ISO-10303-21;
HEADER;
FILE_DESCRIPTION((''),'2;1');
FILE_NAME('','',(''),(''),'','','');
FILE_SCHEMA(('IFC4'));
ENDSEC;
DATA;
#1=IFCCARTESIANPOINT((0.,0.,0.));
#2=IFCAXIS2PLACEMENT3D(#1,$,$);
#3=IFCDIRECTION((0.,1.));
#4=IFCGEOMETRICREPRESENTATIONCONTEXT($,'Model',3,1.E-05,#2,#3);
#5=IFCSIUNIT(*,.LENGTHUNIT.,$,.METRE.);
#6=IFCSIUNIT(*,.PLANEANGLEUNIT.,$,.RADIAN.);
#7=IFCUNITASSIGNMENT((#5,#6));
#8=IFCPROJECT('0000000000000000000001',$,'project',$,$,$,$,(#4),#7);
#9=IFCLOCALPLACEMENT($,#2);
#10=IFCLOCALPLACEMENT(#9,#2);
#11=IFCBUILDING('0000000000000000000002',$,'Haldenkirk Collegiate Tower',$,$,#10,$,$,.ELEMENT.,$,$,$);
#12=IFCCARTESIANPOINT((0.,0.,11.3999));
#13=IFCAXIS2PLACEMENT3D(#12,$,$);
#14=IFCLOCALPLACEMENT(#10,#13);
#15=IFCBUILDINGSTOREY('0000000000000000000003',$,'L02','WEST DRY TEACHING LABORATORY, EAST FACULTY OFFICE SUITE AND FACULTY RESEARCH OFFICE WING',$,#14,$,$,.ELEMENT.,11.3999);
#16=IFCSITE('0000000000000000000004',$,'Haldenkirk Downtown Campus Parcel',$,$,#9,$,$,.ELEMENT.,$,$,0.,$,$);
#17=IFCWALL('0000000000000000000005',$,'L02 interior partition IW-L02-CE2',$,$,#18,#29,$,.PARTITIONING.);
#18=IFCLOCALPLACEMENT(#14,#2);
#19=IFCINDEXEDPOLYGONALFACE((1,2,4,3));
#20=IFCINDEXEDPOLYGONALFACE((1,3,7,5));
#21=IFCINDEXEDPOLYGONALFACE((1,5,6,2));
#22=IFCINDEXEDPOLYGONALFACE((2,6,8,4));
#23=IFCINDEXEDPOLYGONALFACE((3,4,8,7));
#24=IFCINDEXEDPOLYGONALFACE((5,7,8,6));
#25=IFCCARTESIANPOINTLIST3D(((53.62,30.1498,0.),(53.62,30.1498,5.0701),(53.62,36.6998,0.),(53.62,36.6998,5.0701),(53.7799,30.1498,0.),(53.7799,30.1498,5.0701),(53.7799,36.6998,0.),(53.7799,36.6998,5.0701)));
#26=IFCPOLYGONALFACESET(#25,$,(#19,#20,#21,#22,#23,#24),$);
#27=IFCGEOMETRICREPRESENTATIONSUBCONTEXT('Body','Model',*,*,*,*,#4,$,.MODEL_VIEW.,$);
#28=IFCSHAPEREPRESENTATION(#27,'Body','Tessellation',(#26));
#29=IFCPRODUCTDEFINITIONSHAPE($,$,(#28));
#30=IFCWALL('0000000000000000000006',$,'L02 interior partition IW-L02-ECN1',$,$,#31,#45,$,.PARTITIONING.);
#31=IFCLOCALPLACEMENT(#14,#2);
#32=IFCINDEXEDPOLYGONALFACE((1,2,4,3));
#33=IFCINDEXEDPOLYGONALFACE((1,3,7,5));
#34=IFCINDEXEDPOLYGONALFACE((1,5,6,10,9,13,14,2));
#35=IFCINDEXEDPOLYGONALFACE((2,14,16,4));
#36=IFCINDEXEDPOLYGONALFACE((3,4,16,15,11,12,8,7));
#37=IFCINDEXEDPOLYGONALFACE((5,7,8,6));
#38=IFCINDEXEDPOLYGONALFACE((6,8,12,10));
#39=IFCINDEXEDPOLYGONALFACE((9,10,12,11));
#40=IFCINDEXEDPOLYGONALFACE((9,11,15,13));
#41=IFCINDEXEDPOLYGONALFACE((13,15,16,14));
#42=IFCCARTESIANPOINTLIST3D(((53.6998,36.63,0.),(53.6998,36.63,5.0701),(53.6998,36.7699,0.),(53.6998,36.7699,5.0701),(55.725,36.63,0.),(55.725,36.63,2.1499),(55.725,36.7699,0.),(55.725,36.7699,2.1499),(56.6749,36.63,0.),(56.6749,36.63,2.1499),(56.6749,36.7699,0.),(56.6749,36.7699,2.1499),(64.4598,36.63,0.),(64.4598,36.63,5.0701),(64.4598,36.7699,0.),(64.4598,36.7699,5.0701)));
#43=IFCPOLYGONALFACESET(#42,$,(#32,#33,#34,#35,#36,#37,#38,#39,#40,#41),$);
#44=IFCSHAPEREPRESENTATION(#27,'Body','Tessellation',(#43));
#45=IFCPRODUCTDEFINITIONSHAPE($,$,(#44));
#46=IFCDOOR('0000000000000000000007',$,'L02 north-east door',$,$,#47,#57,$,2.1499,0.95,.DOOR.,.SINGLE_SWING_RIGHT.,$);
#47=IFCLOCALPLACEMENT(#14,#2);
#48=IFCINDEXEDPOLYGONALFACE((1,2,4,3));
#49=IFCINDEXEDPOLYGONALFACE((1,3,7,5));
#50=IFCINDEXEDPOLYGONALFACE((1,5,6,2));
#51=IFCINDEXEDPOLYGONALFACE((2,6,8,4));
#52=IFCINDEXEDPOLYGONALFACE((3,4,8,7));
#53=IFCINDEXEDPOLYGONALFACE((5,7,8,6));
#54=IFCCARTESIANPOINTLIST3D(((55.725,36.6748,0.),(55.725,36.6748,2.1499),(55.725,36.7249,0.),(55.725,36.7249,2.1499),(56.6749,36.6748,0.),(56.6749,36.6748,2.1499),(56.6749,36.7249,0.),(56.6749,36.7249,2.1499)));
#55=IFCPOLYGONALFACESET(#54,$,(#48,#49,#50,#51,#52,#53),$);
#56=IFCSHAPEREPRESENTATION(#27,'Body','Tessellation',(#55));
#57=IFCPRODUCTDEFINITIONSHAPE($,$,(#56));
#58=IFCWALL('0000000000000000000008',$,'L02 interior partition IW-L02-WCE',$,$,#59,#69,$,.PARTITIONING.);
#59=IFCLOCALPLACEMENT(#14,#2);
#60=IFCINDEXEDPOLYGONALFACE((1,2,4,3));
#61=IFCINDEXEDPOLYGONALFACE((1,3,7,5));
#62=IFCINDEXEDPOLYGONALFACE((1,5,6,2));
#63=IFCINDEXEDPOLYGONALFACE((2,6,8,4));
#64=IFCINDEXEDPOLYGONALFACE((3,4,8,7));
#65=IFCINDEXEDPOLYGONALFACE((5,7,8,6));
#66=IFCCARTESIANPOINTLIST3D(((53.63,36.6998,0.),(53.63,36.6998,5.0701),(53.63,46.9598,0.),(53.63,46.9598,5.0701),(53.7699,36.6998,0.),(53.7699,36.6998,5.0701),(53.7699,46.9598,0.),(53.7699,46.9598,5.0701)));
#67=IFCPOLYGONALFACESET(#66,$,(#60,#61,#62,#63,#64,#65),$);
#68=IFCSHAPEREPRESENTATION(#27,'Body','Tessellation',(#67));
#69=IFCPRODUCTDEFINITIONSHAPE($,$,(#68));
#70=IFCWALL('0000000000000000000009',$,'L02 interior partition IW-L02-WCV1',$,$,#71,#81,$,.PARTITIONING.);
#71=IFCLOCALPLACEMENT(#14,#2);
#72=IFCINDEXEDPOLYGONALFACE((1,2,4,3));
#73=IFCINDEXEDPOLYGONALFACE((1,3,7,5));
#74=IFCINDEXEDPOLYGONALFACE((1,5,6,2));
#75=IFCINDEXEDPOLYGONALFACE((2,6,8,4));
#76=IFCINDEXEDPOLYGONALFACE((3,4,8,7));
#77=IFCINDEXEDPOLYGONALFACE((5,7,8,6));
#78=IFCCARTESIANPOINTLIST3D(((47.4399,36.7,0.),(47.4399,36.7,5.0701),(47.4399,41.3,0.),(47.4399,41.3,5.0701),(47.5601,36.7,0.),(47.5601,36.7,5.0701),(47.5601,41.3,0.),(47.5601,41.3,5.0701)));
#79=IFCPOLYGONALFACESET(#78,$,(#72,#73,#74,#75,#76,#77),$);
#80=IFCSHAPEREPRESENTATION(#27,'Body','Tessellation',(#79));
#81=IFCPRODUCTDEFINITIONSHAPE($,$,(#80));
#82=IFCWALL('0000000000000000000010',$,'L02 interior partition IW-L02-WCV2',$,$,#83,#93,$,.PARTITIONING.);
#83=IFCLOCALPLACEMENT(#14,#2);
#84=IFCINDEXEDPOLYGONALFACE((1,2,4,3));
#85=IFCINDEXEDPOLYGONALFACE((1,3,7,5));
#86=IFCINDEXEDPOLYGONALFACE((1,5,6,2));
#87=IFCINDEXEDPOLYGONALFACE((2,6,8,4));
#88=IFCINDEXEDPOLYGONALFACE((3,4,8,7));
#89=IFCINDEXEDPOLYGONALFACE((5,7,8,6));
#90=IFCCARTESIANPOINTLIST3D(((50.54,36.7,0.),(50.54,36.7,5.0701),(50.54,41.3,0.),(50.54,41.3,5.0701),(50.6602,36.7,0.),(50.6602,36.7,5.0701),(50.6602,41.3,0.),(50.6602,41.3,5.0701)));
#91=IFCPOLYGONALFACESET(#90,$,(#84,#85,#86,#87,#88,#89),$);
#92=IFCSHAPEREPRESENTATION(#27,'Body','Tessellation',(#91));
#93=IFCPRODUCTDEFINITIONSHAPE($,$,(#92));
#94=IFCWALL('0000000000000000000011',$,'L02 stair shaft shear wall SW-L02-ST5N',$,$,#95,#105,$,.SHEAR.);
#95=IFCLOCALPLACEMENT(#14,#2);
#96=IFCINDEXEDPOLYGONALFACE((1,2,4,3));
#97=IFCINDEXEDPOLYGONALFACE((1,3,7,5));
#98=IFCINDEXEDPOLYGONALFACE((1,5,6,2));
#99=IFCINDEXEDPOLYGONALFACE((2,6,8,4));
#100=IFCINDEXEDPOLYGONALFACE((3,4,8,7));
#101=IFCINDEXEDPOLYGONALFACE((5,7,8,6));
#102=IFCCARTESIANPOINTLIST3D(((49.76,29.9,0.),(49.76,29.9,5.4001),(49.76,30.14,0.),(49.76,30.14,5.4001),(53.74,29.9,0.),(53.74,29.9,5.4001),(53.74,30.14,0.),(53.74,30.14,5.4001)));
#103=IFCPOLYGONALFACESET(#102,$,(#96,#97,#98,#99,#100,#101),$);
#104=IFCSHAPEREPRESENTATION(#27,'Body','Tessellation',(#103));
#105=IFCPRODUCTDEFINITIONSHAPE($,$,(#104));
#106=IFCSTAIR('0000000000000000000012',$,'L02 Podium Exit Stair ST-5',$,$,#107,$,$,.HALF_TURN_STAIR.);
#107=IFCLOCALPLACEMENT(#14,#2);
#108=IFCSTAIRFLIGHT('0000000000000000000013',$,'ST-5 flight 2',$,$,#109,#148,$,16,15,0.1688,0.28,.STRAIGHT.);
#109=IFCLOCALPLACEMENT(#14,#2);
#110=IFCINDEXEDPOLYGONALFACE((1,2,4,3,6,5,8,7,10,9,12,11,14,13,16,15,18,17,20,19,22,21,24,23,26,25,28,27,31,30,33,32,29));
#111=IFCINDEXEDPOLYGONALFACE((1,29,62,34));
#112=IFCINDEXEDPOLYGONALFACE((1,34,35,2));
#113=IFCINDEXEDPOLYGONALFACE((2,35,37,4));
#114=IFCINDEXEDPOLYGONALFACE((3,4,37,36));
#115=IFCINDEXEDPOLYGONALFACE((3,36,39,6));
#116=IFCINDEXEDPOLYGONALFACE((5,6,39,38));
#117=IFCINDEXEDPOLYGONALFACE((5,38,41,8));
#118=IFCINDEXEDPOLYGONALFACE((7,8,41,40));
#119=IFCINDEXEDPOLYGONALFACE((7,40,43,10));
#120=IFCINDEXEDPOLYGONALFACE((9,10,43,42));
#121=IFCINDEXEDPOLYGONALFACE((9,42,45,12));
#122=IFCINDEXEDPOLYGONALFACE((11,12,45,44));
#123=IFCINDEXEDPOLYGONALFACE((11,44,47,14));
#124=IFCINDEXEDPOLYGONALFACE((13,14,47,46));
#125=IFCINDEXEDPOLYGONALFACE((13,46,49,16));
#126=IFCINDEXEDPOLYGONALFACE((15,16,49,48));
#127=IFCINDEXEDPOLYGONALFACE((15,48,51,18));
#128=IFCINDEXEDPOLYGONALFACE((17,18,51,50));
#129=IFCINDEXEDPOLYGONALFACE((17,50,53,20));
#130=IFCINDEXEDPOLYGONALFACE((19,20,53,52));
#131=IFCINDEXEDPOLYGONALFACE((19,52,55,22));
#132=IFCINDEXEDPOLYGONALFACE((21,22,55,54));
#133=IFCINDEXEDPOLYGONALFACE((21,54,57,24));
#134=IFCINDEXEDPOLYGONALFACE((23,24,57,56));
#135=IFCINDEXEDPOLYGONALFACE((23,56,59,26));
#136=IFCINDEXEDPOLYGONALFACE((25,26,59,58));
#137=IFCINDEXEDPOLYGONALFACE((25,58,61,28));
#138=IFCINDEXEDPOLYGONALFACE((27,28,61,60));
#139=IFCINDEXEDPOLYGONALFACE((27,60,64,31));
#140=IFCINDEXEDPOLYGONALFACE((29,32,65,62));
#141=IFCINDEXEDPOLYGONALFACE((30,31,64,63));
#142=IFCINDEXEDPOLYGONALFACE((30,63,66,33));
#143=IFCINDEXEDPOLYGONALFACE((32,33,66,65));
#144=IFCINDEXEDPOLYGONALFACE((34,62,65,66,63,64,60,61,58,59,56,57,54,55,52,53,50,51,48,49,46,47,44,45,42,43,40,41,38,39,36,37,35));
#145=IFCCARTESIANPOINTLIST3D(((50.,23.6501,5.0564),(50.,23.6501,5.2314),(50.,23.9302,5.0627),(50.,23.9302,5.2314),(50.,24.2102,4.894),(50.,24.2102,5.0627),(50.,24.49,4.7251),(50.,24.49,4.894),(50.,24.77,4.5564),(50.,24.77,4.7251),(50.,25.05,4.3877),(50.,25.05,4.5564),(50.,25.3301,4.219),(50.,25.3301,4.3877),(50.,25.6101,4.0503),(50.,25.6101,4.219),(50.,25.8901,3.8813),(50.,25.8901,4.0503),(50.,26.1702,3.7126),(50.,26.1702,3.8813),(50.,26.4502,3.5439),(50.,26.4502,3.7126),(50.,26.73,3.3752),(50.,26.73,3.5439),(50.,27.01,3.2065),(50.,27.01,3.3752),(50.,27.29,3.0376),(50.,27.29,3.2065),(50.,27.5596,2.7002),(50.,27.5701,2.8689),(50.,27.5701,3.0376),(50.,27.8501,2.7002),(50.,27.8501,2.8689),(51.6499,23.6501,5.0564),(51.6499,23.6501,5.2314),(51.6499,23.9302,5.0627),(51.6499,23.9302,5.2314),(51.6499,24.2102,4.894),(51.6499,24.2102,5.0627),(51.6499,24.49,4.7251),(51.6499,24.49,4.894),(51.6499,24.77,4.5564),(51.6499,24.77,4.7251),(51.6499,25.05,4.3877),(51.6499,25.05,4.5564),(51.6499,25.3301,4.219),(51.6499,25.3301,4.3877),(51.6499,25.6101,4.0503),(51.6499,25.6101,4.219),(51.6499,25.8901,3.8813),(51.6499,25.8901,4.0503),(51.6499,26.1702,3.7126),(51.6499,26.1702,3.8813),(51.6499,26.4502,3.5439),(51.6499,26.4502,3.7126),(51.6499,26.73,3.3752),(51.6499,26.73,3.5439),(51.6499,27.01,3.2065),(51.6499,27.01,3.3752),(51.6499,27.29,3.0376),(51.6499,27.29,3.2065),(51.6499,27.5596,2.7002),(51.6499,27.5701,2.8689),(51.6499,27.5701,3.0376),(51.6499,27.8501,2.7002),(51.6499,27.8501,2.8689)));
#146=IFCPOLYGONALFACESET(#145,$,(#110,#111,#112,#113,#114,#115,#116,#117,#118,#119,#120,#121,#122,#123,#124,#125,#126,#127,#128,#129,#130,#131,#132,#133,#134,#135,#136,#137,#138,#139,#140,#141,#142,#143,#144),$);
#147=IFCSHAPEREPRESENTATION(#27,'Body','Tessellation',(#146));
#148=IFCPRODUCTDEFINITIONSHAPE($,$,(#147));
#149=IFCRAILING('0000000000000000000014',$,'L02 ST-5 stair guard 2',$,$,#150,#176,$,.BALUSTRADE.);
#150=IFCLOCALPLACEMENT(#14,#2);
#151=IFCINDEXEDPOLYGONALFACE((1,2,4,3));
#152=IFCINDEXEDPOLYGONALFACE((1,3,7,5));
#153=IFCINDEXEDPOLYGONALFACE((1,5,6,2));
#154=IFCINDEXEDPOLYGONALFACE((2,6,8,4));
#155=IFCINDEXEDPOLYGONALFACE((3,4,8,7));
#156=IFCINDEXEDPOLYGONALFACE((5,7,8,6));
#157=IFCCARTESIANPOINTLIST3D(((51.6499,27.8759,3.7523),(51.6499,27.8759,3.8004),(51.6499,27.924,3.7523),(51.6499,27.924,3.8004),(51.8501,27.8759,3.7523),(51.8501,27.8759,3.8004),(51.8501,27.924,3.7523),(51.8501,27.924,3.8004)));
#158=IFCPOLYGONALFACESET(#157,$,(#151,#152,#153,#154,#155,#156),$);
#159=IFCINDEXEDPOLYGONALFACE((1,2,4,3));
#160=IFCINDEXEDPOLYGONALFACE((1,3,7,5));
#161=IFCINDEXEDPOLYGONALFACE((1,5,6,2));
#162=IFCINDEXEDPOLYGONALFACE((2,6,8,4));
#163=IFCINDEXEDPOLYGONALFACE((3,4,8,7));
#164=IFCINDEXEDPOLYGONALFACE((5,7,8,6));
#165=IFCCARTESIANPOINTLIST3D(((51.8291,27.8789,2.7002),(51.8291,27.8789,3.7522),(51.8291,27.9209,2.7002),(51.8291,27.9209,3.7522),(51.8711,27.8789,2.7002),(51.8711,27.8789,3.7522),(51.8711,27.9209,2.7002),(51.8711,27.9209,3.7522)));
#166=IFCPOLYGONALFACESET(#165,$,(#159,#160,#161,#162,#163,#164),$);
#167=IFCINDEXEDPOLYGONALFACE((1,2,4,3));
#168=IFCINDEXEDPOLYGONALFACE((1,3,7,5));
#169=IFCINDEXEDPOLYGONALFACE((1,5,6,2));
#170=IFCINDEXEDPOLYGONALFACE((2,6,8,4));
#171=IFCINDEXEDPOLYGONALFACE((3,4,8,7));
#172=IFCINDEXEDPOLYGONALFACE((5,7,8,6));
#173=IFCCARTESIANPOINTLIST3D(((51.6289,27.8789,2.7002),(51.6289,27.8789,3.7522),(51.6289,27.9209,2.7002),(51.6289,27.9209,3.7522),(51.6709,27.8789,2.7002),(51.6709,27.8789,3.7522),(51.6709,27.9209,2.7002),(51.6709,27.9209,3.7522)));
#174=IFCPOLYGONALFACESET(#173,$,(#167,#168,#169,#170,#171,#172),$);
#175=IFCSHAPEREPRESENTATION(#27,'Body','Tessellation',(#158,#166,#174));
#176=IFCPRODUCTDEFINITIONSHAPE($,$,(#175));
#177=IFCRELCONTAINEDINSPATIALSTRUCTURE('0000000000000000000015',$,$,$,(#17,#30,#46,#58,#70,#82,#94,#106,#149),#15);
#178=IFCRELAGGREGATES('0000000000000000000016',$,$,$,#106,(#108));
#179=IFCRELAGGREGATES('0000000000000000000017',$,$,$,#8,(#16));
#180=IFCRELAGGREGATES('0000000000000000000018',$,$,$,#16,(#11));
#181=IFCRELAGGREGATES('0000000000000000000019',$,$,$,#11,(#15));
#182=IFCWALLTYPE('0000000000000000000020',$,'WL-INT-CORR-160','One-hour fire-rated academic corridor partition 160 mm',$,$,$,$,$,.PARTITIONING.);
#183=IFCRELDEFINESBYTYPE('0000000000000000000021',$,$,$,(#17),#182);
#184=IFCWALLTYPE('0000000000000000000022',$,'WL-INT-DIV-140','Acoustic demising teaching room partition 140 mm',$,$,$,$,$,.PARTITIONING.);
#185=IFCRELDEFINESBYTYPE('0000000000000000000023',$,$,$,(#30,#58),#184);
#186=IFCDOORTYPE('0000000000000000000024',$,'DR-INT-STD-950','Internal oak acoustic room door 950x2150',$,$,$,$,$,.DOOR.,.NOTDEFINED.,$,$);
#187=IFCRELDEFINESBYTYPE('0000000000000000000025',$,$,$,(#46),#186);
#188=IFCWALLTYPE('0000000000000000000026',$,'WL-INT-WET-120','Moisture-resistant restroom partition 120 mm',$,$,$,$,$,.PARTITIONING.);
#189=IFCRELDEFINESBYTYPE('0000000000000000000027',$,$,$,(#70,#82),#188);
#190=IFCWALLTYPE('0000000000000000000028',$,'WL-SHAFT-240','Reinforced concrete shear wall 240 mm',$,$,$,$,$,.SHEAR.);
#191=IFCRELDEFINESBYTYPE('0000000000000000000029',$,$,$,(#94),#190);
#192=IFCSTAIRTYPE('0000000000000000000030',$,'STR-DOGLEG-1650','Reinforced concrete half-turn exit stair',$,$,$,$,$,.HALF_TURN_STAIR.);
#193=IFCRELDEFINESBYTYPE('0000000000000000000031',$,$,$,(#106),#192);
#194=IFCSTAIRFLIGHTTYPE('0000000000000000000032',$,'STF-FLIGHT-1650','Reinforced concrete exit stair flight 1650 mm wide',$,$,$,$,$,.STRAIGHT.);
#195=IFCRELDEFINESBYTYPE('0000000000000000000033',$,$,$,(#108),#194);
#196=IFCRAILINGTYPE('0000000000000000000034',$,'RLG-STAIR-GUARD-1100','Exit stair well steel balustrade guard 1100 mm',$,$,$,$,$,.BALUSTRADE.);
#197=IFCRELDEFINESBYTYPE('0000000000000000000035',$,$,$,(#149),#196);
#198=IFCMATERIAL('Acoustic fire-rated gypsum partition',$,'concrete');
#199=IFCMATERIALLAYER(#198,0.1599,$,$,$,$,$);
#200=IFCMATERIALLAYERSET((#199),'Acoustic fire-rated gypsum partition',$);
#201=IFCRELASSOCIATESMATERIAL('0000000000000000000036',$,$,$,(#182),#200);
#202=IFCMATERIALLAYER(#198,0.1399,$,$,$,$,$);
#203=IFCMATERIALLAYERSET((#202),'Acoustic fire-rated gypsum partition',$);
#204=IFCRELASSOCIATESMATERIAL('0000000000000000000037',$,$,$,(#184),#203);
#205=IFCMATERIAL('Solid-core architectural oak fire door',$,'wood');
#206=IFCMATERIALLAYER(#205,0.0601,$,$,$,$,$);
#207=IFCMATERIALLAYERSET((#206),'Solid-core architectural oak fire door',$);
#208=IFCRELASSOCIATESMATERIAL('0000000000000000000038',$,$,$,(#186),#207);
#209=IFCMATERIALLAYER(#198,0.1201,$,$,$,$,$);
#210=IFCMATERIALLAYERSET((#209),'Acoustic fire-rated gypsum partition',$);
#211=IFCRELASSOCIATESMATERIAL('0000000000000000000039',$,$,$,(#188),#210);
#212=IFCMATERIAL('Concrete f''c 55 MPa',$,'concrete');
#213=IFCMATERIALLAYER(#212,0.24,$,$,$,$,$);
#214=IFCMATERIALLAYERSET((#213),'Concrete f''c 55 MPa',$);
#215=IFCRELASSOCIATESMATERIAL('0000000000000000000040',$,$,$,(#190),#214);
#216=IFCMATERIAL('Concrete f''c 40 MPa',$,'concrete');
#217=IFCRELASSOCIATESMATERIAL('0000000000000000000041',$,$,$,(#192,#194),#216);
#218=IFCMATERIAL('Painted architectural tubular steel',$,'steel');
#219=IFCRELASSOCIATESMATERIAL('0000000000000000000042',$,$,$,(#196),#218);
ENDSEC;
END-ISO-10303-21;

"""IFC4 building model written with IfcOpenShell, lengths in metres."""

from ifc_helpers import new_model, si_unit, direction, frame, frame_2d, origin, origin_2d, place, context, subcontext, project, spatial, polyline, rectangle, outline, extrude, material, layer, layer_set, type_object, element, fill, aggregate, save


model = new_model("IFC4")

# Units and contexts
model_context = context("Model", 3, precision=1e-05, world=origin(), true_north=direction((0.0, 1.0)))
body_context = subcontext(model_context, "Body", "Model", "MODEL_VIEW")
ifc_project = project(units=[si_unit("LENGTHUNIT", "METRE"), si_unit("PLANEANGLEUNIT", "RADIAN")], contexts=[model_context])

# Site, building, storey
site_placement = place(None, origin())
site = spatial("IfcSite", under=ifc_project, at=site_placement, Name="Haldenkirk Downtown Campus Parcel", CompositionType="ELEMENT", RefElevation=0.0)
building_placement = place(site_placement, origin())
building = spatial("IfcBuilding", under=site, at=building_placement, Name="Haldenkirk Collegiate Tower", CompositionType="ELEMENT")
storey_placement = place(building_placement, frame((0.0, 0.0, 11.3999)))
storey = spatial("IfcBuildingStorey", under=building, at=storey_placement, Name="L02", Description="WEST DRY TEACHING LABORATORY, EAST FACULTY OFFICE SUITE AND FACULTY RESEARCH OFFICE WING", CompositionType="ELEMENT", Elevation=11.3999)

# Wall
ifc_material_1 = material(Name="Acoustic fire-rated gypsum partition", Category="concrete")
ifc_layer_1 = layer(ifc_material_1, 0.1599)
ifc_layer_set_1 = layer_set([ifc_layer_1], Name="Acoustic fire-rated gypsum partition")
wall_type_1 = type_object("IfcWallType", Name="WL-INT-CORR-160", Description="One-hour fire-rated academic corridor partition 160 mm", PredefinedType="PARTITIONING", material=ifc_layer_set_1)
wall_1_placement = place(storey_placement, frame((53.7, 30.1499, 0.0), z_axis=(0.0, 0.0, 1.0), x_axis=(0.0, 1.0, 0.0)))
element("IfcWall", 1, at=wall_1_placement, inside=storey, type_object=wall_type_1, Name="L02 interior partition IW-L02-CE2", PredefinedType="PARTITIONING", context=body_context, shape_type="SweptSolid", body=[
    extrude(rectangle(XDim=6.55, YDim=0.1599, at=frame_2d((3.2749, 0.0))), origin(), (0.0, 0.0, 1.0), 5.0701),
])

# Wall, opening, door
ifc_layer_2 = layer(ifc_material_1, 0.1399)
ifc_layer_set_2 = layer_set([ifc_layer_2], Name="Acoustic fire-rated gypsum partition")
wall_type_2 = type_object("IfcWallType", Name="WL-INT-DIV-140", Description="Acoustic demising teaching room partition 140 mm", PredefinedType="PARTITIONING", material=ifc_layer_set_2)
wall_2_placement = place(storey_placement, frame((53.7, 36.7, 0.0), z_axis=(0.0, 0.0, 1.0), x_axis=(1.0, 0.0, 0.0)))
wall_2 = element("IfcWall", 2, at=wall_2_placement, inside=storey, type_object=wall_type_2, Name="L02 interior partition IW-L02-ECN1", PredefinedType="PARTITIONING", context=body_context, shape_type="SweptSolid", body=[
    extrude(rectangle(XDim=10.76, YDim=0.1399, at=frame_2d((5.3799, 0.0))), origin(), (0.0, 0.0, 1.0), 5.0701),
])
opening_1_placement = place(wall_2_placement, frame((2.0249, 0.0, 0.0)))
opening_1 = element("IfcOpeningElement", 3, at=opening_1_placement, cuts=wall_2, PredefinedType="OPENING", context=body_context, shape_type="SweptSolid", body=[
    extrude(rectangle(XDim=0.95, YDim=2.1499, at=frame_2d((0.4751, 1.075))), frame((0.0, 0.0798, 0.0), z_axis=(0.0, -1.0, 0.0), x_axis=(1.0, 0.0, 0.0)), (0.0, 0.0, 1.0), 0.1599),
])
ifc_material_2 = material(Name="Solid-core architectural oak fire door", Category="wood")
ifc_layer_3 = layer(ifc_material_2, 0.0601)
ifc_layer_set_3 = layer_set([ifc_layer_3], Name="Solid-core architectural oak fire door")
door_type_1 = type_object("IfcDoorType", Name="DR-INT-STD-950", Description="Internal oak acoustic room door 950x2150", OperationType="NOTDEFINED", PredefinedType="DOOR", material=ifc_layer_set_3)
door_1_placement = place(opening_1_placement, origin())
door_1 = element("IfcDoor", 4, at=door_1_placement, inside=storey, type_object=door_type_1, Name="L02 north-east door", OperationType="SINGLE_SWING_RIGHT", OverallHeight=2.1499, OverallWidth=0.95, PredefinedType="DOOR", context=body_context, shape_type="SweptSolid", body=[
    extrude(rectangle(XDim=0.95, YDim=2.1499, at=frame_2d((0.4751, 1.075))), frame((0.0, 0.0249, 0.0), z_axis=(0.0, -1.0, 0.0), x_axis=(1.0, 0.0, 0.0)), (0.0, 0.0, 1.0), 0.05),
])
fill(opening_1, door_1)

# Walls
wall_3_placement = place(storey_placement, frame((53.7, 36.7, 0.0), z_axis=(0.0, 0.0, 1.0), x_axis=(0.0, 1.0, 0.0)))
element("IfcWall", 5, at=wall_3_placement, inside=storey, type_object=wall_type_2, Name="L02 interior partition IW-L02-WCE", PredefinedType="PARTITIONING", context=body_context, shape_type="SweptSolid", body=[
    extrude(rectangle(XDim=10.26, YDim=0.1399, at=frame_2d((5.1299, 0.0))), origin(), (0.0, 0.0, 1.0), 5.0701),
])
ifc_layer_4 = layer(ifc_material_1, 0.1201)
ifc_layer_set_4 = layer_set([ifc_layer_4], Name="Acoustic fire-rated gypsum partition")
wall_type_3 = type_object("IfcWallType", Name="WL-INT-WET-120", Description="Moisture-resistant restroom partition 120 mm", PredefinedType="PARTITIONING", material=ifc_layer_set_4)
for number, where, z_axis, x_axis, name in (
    (6, (47.5, 36.7, 0.0), (0.0, 0.0, 1.0), (0.0, 1.0, 0.0), "L02 interior partition IW-L02-WCV1"),
    (7, (50.6001, 36.7, 0.0), (0.0, 0.0, 1.0), (0.0, 1.0, 0.0), "L02 interior partition IW-L02-WCV2"),
):
    element("IfcWall", number, at=place(storey_placement, frame(where, z_axis=z_axis, x_axis=x_axis)), inside=storey, type_object=wall_type_3, Name=name, PredefinedType="PARTITIONING", context=body_context, shape_type="SweptSolid", body=[
        extrude(rectangle(XDim=4.6001, YDim=0.1201, at=frame_2d((2.3, 0.0))), origin(), (0.0, 0.0, 1.0), 5.0701),
    ])
ifc_material_3 = material(Name="Concrete f'c 55 MPa", Category="concrete")
ifc_layer_5 = layer(ifc_material_3, 0.24)
ifc_layer_set_5 = layer_set([ifc_layer_5], Name="Concrete f'c 55 MPa")
wall_type_4 = type_object("IfcWallType", Name="WL-SHAFT-240", Description="Reinforced concrete shear wall 240 mm", PredefinedType="SHEAR", material=ifc_layer_set_5)
wall_4_placement = place(storey_placement, frame((49.76, 30.02, 0.0), z_axis=(0.0, 0.0, 1.0), x_axis=(1.0, 0.0, 0.0)))
element("IfcWall", 8, at=wall_4_placement, inside=storey, type_object=wall_type_4, Name="L02 stair shaft shear wall SW-L02-ST5N", PredefinedType="SHEAR", context=body_context, shape_type="SweptSolid", body=[
    extrude(rectangle(XDim=3.98, YDim=0.24, at=frame_2d((1.99, 0.0))), origin(), (0.0, 0.0, 1.0), 5.4001),
])

# Stair, stair flight
ifc_material_4 = material(Name="Concrete f'c 40 MPa", Category="concrete")
stair_type = type_object("IfcStairType", Name="STR-DOGLEG-1650", Description="Reinforced concrete half-turn exit stair", PredefinedType="HALF_TURN_STAIR", material=ifc_material_4)
stair_placement = place(storey_placement, origin())
stair = element("IfcStair", 9, at=stair_placement, inside=storey, type_object=stair_type, Name="L02 Podium Exit Stair ST-5", PredefinedType="HALF_TURN_STAIR")
stair_flight_type = type_object("IfcStairFlightType", Name="STF-FLIGHT-1650", Description="Reinforced concrete exit stair flight 1650 mm wide", PredefinedType="STRAIGHT", material=ifc_material_4)
stair_flight_placement = place(storey_placement, frame((50.825, 27.8501, 2.7002), z_axis=(0.0, 0.0, 1.0), x_axis=(0.0, -1.0, 0.0)))
stair_flight = element("IfcStairFlight", 10, at=stair_flight_placement, type_object=stair_flight_type, Name="ST-5 flight 2", NumberOfRisers=16, NumberOfTreads=15, PredefinedType="STRAIGHT", RiserHeight=0.1688, TreadLength=0.28, context=body_context, shape_type="SweptSolid", body=[
    extrude(outline(polyline([(0.0, 0.0), (0.0, 0.1687), (0.28, 0.1687), (0.28, 0.3374), (0.5601, 0.3374), (0.5601, 0.5063), (0.8401, 0.5063), (0.8401, 0.675), (1.1201, 0.675), (1.1201, 0.8438), (1.3999, 0.8438), (1.3999, 1.0125), (1.6799, 1.0125), (1.6799, 1.1812), (1.96, 1.1812), (1.96, 1.3501), (2.24, 1.3501), (2.24, 1.5188), (2.52, 1.5188), (2.52, 1.6875), (2.8, 1.6875), (2.8, 1.8562), (3.0801, 1.8562), (3.0801, 2.0249), (3.3601, 2.0249), (3.3601, 2.1938), (3.6399, 2.1938), (3.6399, 2.3625), (3.9199, 2.3625), (3.9199, 2.5312), (4.2, 2.5312), (4.2, 2.7), (4.2, 2.3562), (0.2905, 0.0), (0.0, 0.0)])), frame((0.0, 0.825, 0.0), z_axis=(0.0, -1.0, 0.0), x_axis=(1.0, 0.0, 0.0)), (0.0, 0.0, 1.0), 1.6499),
])
aggregate(stair, [stair_flight])

# Railing
ifc_material_5 = material(Name="Painted architectural tubular steel", Category="steel")
railing_type_1 = type_object("IfcRailingType", Name="RLG-STAIR-GUARD-1100", Description="Exit stair well steel balustrade guard 1100 mm", PredefinedType="BALUSTRADE", material=ifc_material_5)
railing_1_placement = place(storey_placement, frame((51.8501, 27.8999, 2.7002)))
element("IfcRailing", 11, at=railing_1_placement, inside=storey, type_object=railing_type_1, Name="L02 ST-5 stair guard 2", PredefinedType="BALUSTRADE", context=body_context, shape_type="SweptSolid", body=[
    extrude(rectangle(XDim=0.0481, YDim=0.0481, at=origin_2d()), frame((0.0, 0.0, 1.0762), z_axis=(-1.0, 0.0, 0.0), x_axis=(0.0, -1.0, 0.0)), (0.0, 0.0, 1.0), 0.2002),
    extrude(rectangle(XDim=0.042, YDim=0.042, at=origin_2d()), origin(), (0.0, 0.0, 1.0), 1.052),
    extrude(rectangle(XDim=0.042, YDim=0.042, at=origin_2d()), frame((-0.2002, 0.0, 0.0)), (0.0, 0.0, 1.0), 1.052),
])

save(model, "model.ifc")
